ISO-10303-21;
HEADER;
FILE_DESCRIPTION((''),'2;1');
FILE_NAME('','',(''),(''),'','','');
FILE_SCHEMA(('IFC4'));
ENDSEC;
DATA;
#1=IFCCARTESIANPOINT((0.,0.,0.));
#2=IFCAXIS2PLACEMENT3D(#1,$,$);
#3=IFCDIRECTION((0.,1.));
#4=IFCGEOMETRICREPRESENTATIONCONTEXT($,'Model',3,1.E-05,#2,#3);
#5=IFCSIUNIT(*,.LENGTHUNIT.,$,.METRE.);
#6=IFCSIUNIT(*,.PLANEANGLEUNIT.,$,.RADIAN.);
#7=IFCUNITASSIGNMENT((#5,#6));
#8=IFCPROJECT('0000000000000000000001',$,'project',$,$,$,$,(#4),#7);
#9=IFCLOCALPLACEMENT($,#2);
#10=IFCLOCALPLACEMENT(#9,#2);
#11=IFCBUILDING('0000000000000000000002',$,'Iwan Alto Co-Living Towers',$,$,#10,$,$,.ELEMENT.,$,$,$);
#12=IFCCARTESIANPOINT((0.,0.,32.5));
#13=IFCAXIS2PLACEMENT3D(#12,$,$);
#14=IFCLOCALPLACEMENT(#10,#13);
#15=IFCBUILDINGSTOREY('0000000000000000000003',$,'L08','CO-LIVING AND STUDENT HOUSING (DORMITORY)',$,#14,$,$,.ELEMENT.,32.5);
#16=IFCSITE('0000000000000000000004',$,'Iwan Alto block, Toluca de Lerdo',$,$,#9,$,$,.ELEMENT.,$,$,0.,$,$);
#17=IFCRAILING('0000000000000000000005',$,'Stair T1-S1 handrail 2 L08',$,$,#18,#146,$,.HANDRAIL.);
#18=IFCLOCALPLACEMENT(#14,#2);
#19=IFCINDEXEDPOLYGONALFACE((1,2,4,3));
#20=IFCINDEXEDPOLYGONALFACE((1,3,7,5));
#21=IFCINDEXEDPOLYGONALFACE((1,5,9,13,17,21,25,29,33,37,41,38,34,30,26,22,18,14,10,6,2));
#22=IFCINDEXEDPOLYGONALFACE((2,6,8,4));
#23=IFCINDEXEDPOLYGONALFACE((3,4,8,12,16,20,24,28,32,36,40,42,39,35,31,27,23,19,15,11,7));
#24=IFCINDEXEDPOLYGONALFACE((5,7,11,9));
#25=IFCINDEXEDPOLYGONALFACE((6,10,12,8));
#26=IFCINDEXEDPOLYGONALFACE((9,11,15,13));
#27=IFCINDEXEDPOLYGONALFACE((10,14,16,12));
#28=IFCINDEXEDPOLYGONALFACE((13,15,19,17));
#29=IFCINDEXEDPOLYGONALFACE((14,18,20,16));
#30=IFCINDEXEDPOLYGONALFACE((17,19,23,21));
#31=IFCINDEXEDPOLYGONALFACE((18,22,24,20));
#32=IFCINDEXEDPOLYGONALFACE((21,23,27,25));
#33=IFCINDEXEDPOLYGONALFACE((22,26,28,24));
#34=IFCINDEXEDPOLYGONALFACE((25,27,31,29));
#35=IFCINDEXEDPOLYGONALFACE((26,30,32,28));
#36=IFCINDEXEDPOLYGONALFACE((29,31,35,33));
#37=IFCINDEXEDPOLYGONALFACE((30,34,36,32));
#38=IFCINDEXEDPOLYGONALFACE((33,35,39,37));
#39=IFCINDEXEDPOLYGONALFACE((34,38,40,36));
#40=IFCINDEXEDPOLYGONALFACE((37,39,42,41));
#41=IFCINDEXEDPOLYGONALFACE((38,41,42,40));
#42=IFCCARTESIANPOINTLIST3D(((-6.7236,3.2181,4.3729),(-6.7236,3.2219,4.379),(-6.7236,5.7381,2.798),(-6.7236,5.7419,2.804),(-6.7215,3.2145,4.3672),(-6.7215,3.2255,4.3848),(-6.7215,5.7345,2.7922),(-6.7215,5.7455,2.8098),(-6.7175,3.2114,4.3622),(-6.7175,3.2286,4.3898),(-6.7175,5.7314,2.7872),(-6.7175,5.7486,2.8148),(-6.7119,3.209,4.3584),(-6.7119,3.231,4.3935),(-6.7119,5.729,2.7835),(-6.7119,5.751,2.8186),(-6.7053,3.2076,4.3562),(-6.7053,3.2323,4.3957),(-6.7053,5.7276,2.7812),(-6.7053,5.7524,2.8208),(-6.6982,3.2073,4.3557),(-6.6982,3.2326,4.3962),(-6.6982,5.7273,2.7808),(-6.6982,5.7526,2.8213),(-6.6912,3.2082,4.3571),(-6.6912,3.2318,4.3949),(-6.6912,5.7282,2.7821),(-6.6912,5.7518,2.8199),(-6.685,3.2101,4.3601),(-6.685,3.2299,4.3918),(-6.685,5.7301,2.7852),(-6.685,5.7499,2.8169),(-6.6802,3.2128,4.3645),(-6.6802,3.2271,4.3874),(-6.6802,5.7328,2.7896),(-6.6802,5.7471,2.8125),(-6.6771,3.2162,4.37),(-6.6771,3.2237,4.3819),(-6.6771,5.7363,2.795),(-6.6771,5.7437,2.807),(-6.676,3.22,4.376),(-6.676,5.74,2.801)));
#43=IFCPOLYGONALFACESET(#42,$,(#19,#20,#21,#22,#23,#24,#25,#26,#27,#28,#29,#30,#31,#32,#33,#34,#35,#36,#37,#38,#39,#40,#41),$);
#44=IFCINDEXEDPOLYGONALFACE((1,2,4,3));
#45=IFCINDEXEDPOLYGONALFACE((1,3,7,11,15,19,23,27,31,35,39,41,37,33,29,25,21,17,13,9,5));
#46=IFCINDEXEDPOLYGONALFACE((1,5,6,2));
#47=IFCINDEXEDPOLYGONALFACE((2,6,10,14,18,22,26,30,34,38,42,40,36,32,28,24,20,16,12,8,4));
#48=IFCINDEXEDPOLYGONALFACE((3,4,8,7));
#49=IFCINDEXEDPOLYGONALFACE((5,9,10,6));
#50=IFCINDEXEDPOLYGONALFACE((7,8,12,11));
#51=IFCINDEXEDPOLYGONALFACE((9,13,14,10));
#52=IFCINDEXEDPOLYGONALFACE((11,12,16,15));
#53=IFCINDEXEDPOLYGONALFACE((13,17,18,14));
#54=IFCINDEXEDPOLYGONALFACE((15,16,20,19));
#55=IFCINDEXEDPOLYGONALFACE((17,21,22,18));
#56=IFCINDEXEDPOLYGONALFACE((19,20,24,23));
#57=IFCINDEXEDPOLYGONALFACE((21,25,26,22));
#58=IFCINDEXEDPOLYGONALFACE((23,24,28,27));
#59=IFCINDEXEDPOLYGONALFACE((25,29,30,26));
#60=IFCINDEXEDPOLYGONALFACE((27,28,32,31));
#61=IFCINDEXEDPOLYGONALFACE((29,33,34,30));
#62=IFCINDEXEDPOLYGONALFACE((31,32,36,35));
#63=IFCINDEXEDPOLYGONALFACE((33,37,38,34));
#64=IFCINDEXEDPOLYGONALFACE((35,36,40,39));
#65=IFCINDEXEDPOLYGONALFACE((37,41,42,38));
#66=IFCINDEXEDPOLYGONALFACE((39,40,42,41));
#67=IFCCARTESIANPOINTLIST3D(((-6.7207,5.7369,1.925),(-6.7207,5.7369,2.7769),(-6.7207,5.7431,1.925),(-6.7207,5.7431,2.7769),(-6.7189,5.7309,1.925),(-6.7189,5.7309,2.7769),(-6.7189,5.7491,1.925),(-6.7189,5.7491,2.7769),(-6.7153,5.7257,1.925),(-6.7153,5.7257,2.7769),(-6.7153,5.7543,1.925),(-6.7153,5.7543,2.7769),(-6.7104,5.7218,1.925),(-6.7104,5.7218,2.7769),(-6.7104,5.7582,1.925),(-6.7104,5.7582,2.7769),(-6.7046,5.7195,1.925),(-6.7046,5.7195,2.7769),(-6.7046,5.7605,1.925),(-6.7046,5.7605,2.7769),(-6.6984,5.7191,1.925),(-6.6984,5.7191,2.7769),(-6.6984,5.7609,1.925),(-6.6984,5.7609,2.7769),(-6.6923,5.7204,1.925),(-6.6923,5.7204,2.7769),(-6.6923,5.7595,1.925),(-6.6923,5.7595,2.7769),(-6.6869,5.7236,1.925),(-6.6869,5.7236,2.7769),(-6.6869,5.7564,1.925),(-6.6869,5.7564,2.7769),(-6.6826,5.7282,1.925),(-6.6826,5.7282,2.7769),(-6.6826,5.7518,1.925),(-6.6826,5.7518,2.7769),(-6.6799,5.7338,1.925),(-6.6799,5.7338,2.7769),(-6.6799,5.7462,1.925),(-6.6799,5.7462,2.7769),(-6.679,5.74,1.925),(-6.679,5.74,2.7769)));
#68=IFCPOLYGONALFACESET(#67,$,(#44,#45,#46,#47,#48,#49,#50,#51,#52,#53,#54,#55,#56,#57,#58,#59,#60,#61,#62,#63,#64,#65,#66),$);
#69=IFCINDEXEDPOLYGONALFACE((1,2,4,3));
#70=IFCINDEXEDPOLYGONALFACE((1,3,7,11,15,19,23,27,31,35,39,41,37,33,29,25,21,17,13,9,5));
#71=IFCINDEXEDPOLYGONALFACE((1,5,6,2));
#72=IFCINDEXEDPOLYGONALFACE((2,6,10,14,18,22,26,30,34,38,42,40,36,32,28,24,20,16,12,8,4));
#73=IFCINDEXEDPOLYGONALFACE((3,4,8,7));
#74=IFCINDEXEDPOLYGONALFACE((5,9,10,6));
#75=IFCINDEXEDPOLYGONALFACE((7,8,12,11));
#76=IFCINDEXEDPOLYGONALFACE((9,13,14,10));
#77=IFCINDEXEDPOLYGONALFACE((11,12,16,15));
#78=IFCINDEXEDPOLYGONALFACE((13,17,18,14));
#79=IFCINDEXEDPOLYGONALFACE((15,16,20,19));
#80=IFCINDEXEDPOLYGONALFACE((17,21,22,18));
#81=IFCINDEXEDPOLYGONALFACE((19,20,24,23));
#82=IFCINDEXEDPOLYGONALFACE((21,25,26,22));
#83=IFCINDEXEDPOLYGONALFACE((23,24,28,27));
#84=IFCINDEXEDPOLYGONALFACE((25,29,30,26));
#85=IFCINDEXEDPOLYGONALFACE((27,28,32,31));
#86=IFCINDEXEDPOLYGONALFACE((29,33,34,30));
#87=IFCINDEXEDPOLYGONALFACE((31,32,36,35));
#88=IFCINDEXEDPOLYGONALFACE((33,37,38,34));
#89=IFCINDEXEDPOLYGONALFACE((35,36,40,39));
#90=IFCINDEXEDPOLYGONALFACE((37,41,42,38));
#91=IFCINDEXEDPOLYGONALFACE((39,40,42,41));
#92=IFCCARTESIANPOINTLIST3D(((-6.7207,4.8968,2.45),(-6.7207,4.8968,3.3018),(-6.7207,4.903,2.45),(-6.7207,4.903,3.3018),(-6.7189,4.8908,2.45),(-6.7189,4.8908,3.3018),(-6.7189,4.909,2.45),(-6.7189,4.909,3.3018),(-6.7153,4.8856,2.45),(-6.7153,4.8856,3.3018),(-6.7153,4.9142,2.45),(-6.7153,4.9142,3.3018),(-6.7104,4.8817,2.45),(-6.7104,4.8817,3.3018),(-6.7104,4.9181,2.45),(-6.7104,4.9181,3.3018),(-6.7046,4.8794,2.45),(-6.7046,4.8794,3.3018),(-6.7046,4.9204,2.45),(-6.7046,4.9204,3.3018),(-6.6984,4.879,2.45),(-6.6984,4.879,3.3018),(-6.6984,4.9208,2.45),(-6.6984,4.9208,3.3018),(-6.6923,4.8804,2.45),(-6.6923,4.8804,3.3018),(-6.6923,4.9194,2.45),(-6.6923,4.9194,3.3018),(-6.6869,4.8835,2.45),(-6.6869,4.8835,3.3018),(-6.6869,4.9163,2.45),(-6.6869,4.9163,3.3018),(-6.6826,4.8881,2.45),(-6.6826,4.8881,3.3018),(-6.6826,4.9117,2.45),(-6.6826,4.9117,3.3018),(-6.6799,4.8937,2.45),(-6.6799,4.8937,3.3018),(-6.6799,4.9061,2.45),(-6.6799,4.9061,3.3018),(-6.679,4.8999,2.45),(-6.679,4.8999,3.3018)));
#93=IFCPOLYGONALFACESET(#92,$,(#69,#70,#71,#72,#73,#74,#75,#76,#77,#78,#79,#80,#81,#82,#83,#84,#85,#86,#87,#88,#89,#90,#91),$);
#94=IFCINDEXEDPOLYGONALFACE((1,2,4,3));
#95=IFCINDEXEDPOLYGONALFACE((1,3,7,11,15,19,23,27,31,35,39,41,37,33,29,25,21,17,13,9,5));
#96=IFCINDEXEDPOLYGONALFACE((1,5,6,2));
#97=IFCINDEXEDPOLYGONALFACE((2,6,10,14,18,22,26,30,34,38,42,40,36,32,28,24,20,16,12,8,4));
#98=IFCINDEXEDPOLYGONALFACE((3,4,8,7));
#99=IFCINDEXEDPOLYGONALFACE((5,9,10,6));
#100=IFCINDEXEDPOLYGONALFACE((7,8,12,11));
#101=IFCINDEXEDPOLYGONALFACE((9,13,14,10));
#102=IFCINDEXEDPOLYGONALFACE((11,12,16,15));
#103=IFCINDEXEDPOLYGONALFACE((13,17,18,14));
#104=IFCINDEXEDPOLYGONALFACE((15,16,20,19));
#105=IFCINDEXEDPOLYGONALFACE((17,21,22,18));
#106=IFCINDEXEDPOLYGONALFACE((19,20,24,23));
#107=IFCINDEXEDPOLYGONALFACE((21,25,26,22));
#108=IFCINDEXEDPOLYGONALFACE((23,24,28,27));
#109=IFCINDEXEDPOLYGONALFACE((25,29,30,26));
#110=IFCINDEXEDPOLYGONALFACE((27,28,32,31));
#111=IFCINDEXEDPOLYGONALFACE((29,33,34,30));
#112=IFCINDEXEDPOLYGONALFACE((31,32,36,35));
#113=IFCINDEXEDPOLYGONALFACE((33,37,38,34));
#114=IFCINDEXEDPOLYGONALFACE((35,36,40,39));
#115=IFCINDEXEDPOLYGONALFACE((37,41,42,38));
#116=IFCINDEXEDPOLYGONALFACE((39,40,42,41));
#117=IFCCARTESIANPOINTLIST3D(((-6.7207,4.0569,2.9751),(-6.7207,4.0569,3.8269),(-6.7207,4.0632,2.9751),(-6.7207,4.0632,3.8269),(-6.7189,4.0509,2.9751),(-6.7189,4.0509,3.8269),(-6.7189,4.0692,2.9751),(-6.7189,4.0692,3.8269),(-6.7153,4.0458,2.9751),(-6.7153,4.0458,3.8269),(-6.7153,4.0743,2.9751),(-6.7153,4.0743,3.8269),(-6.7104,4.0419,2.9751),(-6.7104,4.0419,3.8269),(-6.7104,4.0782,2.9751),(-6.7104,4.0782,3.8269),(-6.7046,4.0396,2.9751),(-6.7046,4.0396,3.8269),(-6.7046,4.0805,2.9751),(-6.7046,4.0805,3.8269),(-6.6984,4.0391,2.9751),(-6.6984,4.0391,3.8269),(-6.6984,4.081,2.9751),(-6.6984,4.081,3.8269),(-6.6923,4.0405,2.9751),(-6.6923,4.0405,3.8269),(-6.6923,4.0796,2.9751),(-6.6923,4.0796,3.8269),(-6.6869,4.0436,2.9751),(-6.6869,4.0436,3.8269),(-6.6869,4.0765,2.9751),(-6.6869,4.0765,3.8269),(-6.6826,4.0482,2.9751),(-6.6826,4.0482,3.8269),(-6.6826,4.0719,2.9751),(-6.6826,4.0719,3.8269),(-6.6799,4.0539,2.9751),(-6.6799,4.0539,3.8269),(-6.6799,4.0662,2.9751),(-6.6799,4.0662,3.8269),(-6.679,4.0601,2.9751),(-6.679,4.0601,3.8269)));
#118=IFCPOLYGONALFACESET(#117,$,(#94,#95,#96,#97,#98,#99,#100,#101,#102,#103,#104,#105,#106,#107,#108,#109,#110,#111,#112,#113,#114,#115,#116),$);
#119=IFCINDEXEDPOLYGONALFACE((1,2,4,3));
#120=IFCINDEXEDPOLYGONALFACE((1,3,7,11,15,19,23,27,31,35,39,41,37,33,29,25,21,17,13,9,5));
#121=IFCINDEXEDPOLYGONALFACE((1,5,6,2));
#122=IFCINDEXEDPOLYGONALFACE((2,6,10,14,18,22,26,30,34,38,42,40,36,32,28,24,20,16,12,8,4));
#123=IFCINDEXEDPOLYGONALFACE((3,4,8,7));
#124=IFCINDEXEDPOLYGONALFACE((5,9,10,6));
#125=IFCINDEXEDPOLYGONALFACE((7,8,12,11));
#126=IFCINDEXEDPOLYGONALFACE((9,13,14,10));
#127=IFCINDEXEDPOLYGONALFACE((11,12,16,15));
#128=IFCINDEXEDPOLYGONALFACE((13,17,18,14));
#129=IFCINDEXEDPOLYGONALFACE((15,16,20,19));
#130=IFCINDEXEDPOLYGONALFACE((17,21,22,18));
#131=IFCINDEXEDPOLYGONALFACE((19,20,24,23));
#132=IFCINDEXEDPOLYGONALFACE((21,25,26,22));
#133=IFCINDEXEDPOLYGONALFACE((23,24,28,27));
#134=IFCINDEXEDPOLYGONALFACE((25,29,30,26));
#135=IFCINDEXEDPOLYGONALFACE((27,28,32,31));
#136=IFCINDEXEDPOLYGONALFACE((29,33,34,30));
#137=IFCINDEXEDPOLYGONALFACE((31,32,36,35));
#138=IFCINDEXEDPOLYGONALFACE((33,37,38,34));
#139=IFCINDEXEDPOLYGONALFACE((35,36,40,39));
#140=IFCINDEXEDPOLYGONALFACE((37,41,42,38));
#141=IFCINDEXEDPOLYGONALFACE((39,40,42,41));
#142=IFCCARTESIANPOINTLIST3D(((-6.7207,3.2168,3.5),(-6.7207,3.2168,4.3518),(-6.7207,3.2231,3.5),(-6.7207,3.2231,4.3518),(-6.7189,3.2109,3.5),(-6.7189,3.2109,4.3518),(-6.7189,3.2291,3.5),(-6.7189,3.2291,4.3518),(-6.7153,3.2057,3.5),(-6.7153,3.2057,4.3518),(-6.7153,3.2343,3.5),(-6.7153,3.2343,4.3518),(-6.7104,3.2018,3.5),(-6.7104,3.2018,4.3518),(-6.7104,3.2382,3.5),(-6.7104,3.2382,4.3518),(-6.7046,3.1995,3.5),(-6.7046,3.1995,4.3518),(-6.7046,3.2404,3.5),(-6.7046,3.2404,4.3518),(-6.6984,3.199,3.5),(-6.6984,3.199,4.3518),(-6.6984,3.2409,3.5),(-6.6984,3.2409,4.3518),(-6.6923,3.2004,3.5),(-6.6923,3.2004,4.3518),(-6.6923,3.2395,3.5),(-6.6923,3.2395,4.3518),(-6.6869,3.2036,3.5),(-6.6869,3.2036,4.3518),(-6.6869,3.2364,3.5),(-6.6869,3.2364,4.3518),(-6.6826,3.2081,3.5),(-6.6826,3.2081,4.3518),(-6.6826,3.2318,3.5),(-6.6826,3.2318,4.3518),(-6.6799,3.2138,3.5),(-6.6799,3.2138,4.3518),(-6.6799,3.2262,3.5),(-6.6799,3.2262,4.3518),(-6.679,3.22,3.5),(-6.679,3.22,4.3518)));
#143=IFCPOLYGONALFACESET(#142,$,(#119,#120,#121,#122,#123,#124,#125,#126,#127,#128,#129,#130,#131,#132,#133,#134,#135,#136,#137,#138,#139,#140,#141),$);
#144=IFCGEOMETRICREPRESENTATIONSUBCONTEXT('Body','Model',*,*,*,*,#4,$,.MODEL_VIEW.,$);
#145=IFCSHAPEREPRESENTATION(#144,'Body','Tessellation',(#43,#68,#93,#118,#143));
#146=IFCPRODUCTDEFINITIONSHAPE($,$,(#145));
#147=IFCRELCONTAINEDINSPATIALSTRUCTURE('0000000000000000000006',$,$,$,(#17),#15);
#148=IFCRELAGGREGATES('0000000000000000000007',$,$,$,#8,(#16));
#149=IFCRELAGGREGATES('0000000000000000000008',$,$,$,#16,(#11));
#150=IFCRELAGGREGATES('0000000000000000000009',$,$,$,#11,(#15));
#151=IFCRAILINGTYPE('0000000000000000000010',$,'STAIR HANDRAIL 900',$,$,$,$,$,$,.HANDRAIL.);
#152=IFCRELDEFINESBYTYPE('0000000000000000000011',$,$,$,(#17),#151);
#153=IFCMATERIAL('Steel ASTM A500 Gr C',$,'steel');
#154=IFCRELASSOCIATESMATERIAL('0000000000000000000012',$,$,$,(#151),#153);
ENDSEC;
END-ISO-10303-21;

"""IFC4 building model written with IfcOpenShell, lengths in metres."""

from ifc_helpers import new_model, si_unit, direction, frame, origin, origin_2d, place, context, subcontext, project, spatial, circle, extrude, material, type_object, element, save


model = new_model("IFC4")

# Units and contexts
model_context = context("Model", 3, precision=1e-05, world=origin(), true_north=direction((0.0, 1.0)))
body_context = subcontext(model_context, "Body", "Model", "MODEL_VIEW")
ifc_project = project(units=[si_unit("LENGTHUNIT", "METRE"), si_unit("PLANEANGLEUNIT", "RADIAN")], contexts=[model_context])

# Site, building, storey
site_placement = place(None, origin())
site = spatial("IfcSite", under=ifc_project, at=site_placement, Name="Iwan Alto block, Toluca de Lerdo", CompositionType="ELEMENT", RefElevation=0.0)
building_placement = place(site_placement, origin())
building = spatial("IfcBuilding", under=site, at=building_placement, Name="Iwan Alto Co-Living Towers", CompositionType="ELEMENT")
storey_placement = place(building_placement, frame((0.0, 0.0, 32.5)))
storey = spatial("IfcBuildingStorey", under=building, at=storey_placement, Name="L08", Description="CO-LIVING AND STUDENT HOUSING (DORMITORY)", CompositionType="ELEMENT", Elevation=32.5)

# Railing
ifc_material_1 = material(Name="Steel ASTM A500 Gr C", Category="steel")
railing_type_1 = type_object("IfcRailingType", Name="STAIR HANDRAIL 900", PredefinedType="HANDRAIL", material=ifc_material_1)
railing_1_placement = place(storey_placement, frame((-6.7, 5.74, 1.925)))
element("IfcRailing", 1, at=railing_1_placement, inside=storey, type_object=railing_type_1, Name="Stair T1-S1 handrail 2 L08", PredefinedType="HANDRAIL", context=body_context, shape_type="SweptSolid", body=[
    extrude(circle(Radius=0.0239, at=origin_2d()), frame((0.0, 0.0, 0.876), z_axis=(0.0, -0.848008, 0.529984), x_axis=(1.0, 0.0, 0.0)), (0.0, 0.0, 1.0), 2.9717),
    extrude(circle(Radius=0.021, at=origin_2d()), origin(), (0.0, 0.0, 1.0), 0.8518),
    extrude(circle(Radius=0.021, at=origin_2d()), frame((0.0, -0.8401, 0.5249)), (0.0, 0.0, 1.0), 0.8518),
    extrude(circle(Radius=0.021, at=origin_2d()), frame((0.0, -1.6799, 1.05)), (0.0, 0.0, 1.0), 0.8518),
    extrude(circle(Radius=0.021, at=origin_2d()), frame((0.0, -2.52, 1.575)), (0.0, 0.0, 1.0), 0.8518),
])

save(model, "model.ifc")
